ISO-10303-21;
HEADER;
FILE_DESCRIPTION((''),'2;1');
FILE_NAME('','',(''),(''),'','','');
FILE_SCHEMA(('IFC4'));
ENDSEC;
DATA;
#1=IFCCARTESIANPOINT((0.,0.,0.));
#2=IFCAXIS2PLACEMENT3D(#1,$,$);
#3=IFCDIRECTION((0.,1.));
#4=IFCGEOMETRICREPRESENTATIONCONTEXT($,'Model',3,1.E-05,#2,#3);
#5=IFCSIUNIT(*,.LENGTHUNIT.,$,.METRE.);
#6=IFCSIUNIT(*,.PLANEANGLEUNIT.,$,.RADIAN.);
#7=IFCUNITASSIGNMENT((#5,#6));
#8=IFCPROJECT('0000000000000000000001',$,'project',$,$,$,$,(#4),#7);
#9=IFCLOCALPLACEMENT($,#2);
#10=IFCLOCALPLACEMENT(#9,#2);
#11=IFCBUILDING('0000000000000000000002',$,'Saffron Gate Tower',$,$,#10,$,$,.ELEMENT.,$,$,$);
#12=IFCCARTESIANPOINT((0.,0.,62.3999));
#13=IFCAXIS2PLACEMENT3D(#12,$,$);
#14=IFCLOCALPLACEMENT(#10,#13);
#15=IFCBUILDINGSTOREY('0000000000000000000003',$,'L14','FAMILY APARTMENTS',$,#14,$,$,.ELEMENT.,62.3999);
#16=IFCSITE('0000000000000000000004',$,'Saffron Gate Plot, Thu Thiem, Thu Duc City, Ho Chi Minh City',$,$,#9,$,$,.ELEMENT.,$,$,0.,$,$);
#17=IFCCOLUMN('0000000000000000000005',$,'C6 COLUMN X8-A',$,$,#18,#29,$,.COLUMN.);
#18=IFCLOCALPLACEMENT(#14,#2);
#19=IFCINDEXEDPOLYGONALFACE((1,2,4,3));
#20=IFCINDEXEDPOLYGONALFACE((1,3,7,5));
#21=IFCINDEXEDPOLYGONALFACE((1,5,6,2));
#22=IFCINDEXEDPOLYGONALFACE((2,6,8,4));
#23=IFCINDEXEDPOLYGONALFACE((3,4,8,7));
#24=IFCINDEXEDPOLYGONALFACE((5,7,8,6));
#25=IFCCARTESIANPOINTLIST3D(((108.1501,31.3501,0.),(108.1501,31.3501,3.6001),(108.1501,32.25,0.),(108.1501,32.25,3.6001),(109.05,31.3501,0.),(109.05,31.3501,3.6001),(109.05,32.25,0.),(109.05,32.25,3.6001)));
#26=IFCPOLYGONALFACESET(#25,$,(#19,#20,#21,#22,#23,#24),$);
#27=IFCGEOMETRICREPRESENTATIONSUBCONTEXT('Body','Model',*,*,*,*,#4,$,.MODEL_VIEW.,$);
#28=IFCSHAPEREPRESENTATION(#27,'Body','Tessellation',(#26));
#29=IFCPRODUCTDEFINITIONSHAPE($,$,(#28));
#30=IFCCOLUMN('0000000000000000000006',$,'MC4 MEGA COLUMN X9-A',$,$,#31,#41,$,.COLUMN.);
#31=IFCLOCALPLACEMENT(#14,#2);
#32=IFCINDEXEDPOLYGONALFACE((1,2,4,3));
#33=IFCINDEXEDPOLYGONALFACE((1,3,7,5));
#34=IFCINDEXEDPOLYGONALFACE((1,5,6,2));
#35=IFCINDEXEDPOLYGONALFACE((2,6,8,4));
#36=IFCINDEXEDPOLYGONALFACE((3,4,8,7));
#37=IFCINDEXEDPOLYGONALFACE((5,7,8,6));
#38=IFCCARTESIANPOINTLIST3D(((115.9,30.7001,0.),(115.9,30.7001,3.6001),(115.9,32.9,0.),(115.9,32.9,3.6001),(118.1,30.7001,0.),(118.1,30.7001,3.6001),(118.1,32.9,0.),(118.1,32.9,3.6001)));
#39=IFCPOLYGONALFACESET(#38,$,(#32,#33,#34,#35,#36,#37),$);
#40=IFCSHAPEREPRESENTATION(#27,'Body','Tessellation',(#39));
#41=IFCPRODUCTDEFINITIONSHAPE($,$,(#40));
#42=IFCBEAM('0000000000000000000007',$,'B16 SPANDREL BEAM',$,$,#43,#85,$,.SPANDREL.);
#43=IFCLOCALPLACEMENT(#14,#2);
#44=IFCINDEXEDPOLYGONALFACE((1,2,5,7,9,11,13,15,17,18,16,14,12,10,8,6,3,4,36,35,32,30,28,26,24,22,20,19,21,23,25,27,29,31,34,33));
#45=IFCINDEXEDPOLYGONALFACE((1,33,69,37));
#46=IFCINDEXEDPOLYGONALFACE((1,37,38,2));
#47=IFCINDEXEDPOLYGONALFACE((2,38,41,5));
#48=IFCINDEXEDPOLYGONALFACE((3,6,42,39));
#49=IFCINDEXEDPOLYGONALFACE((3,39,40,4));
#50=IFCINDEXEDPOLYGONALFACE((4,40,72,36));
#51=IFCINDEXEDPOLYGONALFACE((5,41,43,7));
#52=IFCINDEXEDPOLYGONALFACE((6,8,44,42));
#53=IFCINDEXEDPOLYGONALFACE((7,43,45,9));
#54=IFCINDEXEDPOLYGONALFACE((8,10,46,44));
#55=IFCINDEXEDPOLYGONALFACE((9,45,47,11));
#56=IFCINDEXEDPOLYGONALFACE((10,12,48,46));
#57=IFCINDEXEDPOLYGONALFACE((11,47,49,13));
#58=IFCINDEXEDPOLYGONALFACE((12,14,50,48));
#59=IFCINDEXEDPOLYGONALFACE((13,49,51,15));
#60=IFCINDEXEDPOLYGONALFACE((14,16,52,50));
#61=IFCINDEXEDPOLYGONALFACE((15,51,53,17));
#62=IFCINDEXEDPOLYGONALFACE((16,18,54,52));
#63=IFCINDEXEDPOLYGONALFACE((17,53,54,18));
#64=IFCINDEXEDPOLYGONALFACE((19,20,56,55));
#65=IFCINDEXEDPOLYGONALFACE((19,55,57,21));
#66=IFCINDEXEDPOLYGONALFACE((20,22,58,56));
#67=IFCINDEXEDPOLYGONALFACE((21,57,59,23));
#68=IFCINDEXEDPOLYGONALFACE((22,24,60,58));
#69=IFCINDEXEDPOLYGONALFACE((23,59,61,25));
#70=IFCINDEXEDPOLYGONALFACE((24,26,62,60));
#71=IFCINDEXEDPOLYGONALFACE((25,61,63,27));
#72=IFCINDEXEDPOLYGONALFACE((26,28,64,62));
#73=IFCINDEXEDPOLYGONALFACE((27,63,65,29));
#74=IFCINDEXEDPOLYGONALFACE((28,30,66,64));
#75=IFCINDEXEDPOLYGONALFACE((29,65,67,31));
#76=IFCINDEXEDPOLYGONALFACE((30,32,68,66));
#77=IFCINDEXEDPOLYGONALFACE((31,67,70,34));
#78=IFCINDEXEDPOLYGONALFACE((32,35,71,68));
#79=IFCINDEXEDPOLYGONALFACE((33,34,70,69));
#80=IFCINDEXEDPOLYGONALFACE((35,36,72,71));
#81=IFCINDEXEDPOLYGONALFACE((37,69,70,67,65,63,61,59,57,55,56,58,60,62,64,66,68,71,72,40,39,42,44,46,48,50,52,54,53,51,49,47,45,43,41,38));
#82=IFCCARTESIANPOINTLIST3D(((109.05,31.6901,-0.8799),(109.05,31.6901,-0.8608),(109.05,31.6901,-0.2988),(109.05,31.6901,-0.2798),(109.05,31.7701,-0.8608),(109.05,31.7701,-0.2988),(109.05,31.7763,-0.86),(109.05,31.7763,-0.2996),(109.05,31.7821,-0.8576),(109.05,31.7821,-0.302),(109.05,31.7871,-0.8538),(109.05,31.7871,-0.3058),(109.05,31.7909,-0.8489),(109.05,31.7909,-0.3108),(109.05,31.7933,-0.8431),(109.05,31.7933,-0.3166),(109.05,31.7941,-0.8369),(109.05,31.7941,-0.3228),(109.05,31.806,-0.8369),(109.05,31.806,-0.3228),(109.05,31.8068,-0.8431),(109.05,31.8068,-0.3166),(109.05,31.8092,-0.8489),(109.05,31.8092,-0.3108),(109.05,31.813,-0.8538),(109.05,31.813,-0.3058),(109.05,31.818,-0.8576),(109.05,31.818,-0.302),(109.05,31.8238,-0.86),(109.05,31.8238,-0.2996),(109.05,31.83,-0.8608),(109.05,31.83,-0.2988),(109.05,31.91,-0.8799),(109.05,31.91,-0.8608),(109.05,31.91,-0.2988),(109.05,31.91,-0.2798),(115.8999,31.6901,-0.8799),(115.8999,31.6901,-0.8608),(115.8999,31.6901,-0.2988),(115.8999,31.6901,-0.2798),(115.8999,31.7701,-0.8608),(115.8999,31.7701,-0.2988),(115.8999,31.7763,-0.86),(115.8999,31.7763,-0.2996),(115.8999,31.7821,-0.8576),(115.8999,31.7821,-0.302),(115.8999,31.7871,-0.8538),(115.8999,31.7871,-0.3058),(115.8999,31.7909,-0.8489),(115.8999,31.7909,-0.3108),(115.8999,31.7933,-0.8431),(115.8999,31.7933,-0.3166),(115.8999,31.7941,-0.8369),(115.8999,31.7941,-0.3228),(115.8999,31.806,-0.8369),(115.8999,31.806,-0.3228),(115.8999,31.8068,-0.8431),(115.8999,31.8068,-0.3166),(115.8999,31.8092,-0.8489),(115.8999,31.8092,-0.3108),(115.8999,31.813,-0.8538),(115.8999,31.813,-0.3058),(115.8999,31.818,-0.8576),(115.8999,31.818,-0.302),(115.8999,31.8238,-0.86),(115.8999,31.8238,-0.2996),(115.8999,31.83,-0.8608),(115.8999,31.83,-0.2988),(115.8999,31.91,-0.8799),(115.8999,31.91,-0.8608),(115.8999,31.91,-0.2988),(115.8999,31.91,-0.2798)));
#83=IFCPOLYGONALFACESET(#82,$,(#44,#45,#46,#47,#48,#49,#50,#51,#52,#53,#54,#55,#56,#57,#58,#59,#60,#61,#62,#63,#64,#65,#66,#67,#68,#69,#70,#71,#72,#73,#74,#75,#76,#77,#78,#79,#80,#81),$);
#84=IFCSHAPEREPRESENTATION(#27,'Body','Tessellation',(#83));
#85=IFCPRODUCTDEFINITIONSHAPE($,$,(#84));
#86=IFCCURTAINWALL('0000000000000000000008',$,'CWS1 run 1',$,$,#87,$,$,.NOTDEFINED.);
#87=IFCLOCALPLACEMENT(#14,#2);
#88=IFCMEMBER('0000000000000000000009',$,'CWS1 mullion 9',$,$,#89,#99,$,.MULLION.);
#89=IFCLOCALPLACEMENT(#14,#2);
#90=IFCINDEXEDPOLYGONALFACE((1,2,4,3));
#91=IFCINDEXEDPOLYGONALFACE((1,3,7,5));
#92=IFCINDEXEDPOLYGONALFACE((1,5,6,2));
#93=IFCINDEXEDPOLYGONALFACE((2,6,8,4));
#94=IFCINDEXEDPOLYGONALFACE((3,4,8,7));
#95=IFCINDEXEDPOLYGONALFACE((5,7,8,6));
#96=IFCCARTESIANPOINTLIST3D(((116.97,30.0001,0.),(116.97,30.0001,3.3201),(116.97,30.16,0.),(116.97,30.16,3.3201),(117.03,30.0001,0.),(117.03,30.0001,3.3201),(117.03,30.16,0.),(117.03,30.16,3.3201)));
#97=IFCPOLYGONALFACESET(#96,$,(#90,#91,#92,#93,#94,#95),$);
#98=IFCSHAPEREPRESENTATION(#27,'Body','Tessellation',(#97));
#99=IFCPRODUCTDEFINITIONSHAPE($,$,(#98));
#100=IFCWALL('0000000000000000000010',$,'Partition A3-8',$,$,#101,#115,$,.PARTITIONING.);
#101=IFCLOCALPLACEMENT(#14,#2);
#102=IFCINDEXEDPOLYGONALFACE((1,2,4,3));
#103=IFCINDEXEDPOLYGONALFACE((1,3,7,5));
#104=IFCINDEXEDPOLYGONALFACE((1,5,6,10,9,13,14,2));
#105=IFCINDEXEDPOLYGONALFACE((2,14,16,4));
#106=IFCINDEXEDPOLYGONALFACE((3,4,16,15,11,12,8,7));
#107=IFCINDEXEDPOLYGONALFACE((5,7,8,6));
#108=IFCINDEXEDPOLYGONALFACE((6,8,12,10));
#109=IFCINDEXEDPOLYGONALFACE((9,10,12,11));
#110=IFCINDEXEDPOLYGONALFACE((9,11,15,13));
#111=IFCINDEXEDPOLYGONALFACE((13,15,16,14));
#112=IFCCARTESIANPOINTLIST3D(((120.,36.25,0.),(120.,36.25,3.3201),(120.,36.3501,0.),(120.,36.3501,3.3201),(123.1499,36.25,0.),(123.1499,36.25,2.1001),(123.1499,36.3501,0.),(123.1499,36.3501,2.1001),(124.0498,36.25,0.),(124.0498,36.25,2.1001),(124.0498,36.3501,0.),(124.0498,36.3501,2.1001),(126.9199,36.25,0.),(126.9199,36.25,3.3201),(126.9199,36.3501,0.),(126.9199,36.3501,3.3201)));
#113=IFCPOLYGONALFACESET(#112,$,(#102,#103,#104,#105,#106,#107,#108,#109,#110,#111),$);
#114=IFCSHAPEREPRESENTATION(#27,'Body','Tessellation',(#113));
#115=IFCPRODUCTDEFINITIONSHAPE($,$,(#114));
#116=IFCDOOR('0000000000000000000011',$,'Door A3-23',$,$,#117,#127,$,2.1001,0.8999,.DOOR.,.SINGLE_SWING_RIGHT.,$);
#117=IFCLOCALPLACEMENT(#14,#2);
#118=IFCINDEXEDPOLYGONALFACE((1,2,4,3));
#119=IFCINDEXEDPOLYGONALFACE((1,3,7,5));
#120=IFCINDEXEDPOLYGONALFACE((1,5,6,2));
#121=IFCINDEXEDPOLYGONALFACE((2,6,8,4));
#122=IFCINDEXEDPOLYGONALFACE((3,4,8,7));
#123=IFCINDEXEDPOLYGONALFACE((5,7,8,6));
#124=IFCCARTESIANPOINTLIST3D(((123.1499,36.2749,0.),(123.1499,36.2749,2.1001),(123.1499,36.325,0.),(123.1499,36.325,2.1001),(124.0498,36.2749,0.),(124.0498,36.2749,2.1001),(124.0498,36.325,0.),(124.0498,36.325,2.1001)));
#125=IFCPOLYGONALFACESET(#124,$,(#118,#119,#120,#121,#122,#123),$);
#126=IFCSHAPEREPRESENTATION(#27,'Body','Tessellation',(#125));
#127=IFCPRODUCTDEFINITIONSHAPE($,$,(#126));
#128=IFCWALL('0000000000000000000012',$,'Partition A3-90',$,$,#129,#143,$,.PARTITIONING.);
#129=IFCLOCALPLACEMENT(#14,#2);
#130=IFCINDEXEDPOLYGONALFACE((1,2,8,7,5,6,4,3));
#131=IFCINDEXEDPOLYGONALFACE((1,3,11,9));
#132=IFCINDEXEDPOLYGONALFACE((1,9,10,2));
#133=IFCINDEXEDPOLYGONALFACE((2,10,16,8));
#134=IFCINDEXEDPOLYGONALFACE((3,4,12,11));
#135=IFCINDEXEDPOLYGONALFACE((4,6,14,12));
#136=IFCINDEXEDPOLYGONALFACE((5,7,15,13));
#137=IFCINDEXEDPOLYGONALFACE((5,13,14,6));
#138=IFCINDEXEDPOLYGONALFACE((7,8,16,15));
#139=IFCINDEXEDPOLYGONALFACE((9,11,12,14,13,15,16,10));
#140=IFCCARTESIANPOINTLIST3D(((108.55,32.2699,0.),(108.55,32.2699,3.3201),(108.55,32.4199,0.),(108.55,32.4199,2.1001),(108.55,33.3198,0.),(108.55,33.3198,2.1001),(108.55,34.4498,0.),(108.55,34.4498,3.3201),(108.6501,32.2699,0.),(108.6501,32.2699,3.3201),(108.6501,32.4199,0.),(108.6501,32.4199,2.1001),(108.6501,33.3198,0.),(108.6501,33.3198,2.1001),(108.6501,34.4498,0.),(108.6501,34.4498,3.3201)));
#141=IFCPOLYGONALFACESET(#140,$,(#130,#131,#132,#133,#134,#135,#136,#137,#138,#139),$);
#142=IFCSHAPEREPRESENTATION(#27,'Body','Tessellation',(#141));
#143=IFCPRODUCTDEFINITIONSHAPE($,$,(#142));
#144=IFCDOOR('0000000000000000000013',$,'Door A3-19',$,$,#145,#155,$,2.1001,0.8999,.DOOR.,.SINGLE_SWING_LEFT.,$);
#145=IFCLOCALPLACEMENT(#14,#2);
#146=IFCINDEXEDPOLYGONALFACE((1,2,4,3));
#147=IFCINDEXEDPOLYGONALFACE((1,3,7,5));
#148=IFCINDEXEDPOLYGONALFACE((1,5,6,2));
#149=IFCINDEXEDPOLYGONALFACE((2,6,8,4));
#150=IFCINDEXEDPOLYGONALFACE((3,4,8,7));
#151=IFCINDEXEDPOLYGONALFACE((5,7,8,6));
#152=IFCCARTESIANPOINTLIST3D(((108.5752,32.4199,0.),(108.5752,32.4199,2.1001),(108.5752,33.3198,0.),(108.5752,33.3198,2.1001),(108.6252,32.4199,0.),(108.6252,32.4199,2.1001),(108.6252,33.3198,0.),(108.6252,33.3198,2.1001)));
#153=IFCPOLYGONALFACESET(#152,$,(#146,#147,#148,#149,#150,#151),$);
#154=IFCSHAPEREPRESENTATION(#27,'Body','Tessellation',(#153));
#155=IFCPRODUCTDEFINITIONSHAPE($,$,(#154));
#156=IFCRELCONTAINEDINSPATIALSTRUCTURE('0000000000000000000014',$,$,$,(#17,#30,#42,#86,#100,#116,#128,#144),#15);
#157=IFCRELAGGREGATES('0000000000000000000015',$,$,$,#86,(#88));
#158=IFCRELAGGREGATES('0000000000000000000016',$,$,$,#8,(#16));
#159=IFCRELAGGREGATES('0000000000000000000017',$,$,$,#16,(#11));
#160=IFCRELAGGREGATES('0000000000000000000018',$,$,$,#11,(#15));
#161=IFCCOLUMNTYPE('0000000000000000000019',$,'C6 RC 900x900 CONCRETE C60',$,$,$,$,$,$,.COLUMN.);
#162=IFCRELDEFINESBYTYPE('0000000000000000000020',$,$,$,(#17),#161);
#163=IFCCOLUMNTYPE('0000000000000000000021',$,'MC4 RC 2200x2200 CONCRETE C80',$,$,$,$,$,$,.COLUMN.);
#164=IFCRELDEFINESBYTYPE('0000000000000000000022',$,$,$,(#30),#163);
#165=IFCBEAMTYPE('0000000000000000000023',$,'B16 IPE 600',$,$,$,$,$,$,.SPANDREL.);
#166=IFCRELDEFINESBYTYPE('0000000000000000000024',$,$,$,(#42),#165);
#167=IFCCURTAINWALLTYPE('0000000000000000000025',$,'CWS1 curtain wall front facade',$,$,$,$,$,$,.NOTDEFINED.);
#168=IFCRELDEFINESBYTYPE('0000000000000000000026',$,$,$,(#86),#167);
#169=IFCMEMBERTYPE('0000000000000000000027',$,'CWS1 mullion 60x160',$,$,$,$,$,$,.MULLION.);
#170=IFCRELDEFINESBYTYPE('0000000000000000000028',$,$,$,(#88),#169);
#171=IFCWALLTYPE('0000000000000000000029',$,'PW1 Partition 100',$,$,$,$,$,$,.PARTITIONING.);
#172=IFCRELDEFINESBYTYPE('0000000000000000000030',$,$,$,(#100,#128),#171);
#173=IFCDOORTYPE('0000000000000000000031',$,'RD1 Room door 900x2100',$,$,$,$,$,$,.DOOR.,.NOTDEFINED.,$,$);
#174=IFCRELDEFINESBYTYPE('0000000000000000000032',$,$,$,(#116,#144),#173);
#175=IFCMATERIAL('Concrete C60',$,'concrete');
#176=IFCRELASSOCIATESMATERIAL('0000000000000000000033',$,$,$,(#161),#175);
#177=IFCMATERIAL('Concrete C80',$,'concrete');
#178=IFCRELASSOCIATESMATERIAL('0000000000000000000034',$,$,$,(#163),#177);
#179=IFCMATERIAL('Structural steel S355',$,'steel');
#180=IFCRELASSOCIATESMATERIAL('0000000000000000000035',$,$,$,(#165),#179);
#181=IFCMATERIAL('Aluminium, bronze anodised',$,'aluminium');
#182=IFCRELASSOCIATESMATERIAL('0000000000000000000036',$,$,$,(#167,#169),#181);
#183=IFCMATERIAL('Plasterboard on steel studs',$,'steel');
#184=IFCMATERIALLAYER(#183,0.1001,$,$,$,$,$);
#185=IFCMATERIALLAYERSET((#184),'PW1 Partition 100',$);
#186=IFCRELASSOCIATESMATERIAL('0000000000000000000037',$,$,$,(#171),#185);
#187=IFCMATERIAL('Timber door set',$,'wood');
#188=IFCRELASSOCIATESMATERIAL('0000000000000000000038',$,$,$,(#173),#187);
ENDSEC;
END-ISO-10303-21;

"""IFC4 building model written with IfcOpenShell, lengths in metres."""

from ifc_helpers import new_model, si_unit, direction, frame, frame_2d, origin, origin_2d, place, context, subcontext, project, spatial, rectangle, i_section, extrude, material, layer, layer_set, material_profile, profile_set, type_object, element, fill, aggregate, save


model = new_model("IFC4")

# Units and contexts
model_context = context("Model", 3, precision=1e-05, world=origin(), true_north=direction((0.0, 1.0)))
body_context = subcontext(model_context, "Body", "Model", "MODEL_VIEW")
ifc_project = project(units=[si_unit("LENGTHUNIT", "METRE"), si_unit("PLANEANGLEUNIT", "RADIAN")], contexts=[model_context])

# Site, building, storey
site_placement = place(None, origin())
site = spatial("IfcSite", under=ifc_project, at=site_placement, Name="Saffron Gate Plot, Thu Thiem, Thu Duc City, Ho Chi Minh City", CompositionType="ELEMENT", RefElevation=0.0)
building_placement = place(site_placement, origin())
building = spatial("IfcBuilding", under=site, at=building_placement, Name="Saffron Gate Tower", CompositionType="ELEMENT")
storey_placement = place(building_placement, frame((0.0, 0.0, 62.3999)))
storey = spatial("IfcBuildingStorey", under=building, at=storey_placement, Name="L14", Description="FAMILY APARTMENTS", CompositionType="ELEMENT", Elevation=62.3999)

# Columns
ifc_material_1 = material(Name="Concrete C60", Category="concrete")
ifc_material_profile_1 = material_profile(ifc_material_1, rectangle(XDim=0.8999, YDim=0.8999, at=origin_2d()))
ifc_profile_set_1 = profile_set([ifc_material_profile_1], Name="Concrete C60")
column_type_1 = type_object("IfcColumnType", Name="C6 RC 900x900 CONCRETE C60", PredefinedType="COLUMN", material=ifc_profile_set_1)
column_1_placement = place(storey_placement, frame((108.6001, 31.8, 0.0), z_axis=(0.0, 0.0, 1.0), x_axis=(1.0, 0.0, 0.0)))
element("IfcColumn", 1, at=column_1_placement, inside=storey, type_object=column_type_1, Name="C6 COLUMN X8-A", PredefinedType="COLUMN", context=body_context, shape_type="SweptSolid", body=[
    extrude(rectangle(XDim=0.8999, YDim=0.8999, at=origin_2d()), origin(), (0.0, 0.0, 1.0), 3.6001),
])
ifc_material_2 = material(Name="Concrete C80", Category="concrete")
ifc_material_profile_2 = material_profile(ifc_material_2, rectangle(XDim=2.2, YDim=2.2, at=origin_2d()))
ifc_profile_set_2 = profile_set([ifc_material_profile_2], Name="Concrete C80")
column_type_2 = type_object("IfcColumnType", Name="MC4 RC 2200x2200 CONCRETE C80", PredefinedType="COLUMN", material=ifc_profile_set_2)
column_2_placement = place(storey_placement, frame((117.0, 31.8, 0.0), z_axis=(0.0, 0.0, 1.0), x_axis=(1.0, 0.0, 0.0)))
element("IfcColumn", 2, at=column_2_placement, inside=storey, type_object=column_type_2, Name="MC4 MEGA COLUMN X9-A", PredefinedType="COLUMN", context=body_context, shape_type="SweptSolid", body=[
    extrude(rectangle(XDim=2.2, YDim=2.2, at=origin_2d()), origin(), (0.0, 0.0, 1.0), 3.6001),
])

# Beam
ifc_material_3 = material(Name="Structural steel S355", Category="steel")
ifc_material_profile_3 = material_profile(ifc_material_3, i_section(OverallWidth=0.22, OverallDepth=0.6001, WebThickness=0.012, FlangeThickness=0.019, FilletRadius=0.0239, at=origin_2d()))
ifc_profile_set_3 = profile_set([ifc_material_profile_3], Name="Structural steel S355")
beam_type = type_object("IfcBeamType", Name="B16 IPE 600", PredefinedType="SPANDREL", material=ifc_profile_set_3)
beam_placement = place(storey_placement, frame((109.05, 31.8, -0.5798), z_axis=(1.0, 0.0, 0.0), x_axis=(0.0, 1.0, 0.0)))
element("IfcBeam", 3, at=beam_placement, inside=storey, type_object=beam_type, Name="B16 SPANDREL BEAM", PredefinedType="SPANDREL", context=body_context, shape_type="SweptSolid", body=[
    extrude(i_section(OverallWidth=0.22, OverallDepth=0.6001, WebThickness=0.012, FlangeThickness=0.019, FilletRadius=0.0239, at=origin_2d()), origin(), (0.0, 0.0, 1.0), 6.8499),
])

# Curtain wall, member
ifc_material_4 = material(Name="Aluminium, bronze anodised", Category="aluminium")
curtain_wall_type = type_object("IfcCurtainWallType", Name="CWS1 curtain wall front facade", PredefinedType="NOTDEFINED", material=ifc_material_4)
curtain_wall_placement = place(storey_placement, origin())
curtain_wall = element("IfcCurtainWall", 4, at=curtain_wall_placement, inside=storey, type_object=curtain_wall_type, Name="CWS1 run 1", PredefinedType="NOTDEFINED")
ifc_material_profile_4 = material_profile(ifc_material_4, rectangle(XDim=0.1599, YDim=0.0601, at=origin_2d()))
ifc_profile_set_4 = profile_set([ifc_material_profile_4], Name="Aluminium, bronze anodised")
member_type = type_object("IfcMemberType", Name="CWS1 mullion 60x160", PredefinedType="MULLION", material=ifc_profile_set_4)
member_placement = place(storey_placement, frame((117.0, 30.0801, 0.0), z_axis=(0.0, 0.0, 1.0), x_axis=(0.0, 1.0, 0.0)))
member = element("IfcMember", 5, at=member_placement, type_object=member_type, Name="CWS1 mullion 9", PredefinedType="MULLION", context=body_context, shape_type="SweptSolid", body=[
    extrude(rectangle(XDim=0.1599, YDim=0.0601, at=origin_2d()), origin(), (0.0, 0.0, 1.0), 3.3201),
])
aggregate(curtain_wall, [member])

# Walls, openings, doors
ifc_material_5 = material(Name="Plasterboard on steel studs", Category="steel")
ifc_layer = layer(ifc_material_5, 0.1001)
ifc_layer_set = layer_set([ifc_layer], Name="PW1 Partition 100")
wall_type = type_object("IfcWallType", Name="PW1 Partition 100", PredefinedType="PARTITIONING", material=ifc_layer_set)
wall_1_placement = place(storey_placement, frame((120.0, 36.3, 0.0), z_axis=(0.0, 0.0, 1.0), x_axis=(1.0, 0.0, 0.0)))
wall_1 = element("IfcWall", 6, at=wall_1_placement, inside=storey, type_object=wall_type, Name="Partition A3-8", PredefinedType="PARTITIONING", context=body_context, shape_type="SweptSolid", body=[
    extrude(rectangle(XDim=6.9199, YDim=0.1001, at=frame_2d((3.46, 0.0))), origin(), (0.0, 0.0, 1.0), 3.3201),
])
opening_1_placement = place(wall_1_placement, frame((3.1499, 0.0, 0.0)))
opening_1 = element("IfcOpeningElement", 7, at=opening_1_placement, cuts=wall_1, PredefinedType="OPENING", context=body_context, shape_type="SweptSolid", body=[
    extrude(rectangle(XDim=0.8999, YDim=2.1001, at=frame_2d((0.45, 1.05))), frame((0.0, 0.0601, 0.0), z_axis=(0.0, -1.0, 0.0), x_axis=(1.0, 0.0, 0.0)), (0.0, 0.0, 1.0), 0.1201),
])
ifc_material_6 = material(Name="Timber door set", Category="wood")
door_type = type_object("IfcDoorType", Name="RD1 Room door 900x2100", OperationType="NOTDEFINED", PredefinedType="DOOR", material=ifc_material_6)
door_1_placement = place(opening_1_placement, origin())
door_1 = element("IfcDoor", 8, at=door_1_placement, inside=storey, type_object=door_type, Name="Door A3-23", OperationType="SINGLE_SWING_RIGHT", OverallHeight=2.1001, OverallWidth=0.8999, PredefinedType="DOOR", context=body_context, shape_type="SweptSolid", body=[
    extrude(rectangle(XDim=0.8999, YDim=2.1001, at=frame_2d((0.45, 1.05))), frame((0.0, 0.0249, 0.0), z_axis=(0.0, -1.0, 0.0), x_axis=(1.0, 0.0, 0.0)), (0.0, 0.0, 1.0), 0.05),
])
fill(opening_1, door_1)
wall_2_placement = place(storey_placement, frame((108.6001, 32.27, 0.0), z_axis=(0.0, 0.0, 1.0), x_axis=(0.0, 1.0, 0.0)))
wall_2 = element("IfcWall", 9, at=wall_2_placement, inside=storey, type_object=wall_type, Name="Partition A3-90", PredefinedType="PARTITIONING", context=body_context, shape_type="SweptSolid", body=[
    extrude(rectangle(XDim=2.1799, YDim=0.1001, at=frame_2d((1.0898, 0.0))), origin(), (0.0, 0.0, 1.0), 3.3201),
])
opening_2_placement = place(wall_2_placement, frame((0.1499, 0.0, 0.0)))
opening_2 = element("IfcOpeningElement", 10, at=opening_2_placement, cuts=wall_2, PredefinedType="OPENING", context=body_context, shape_type="SweptSolid", body=[
    extrude(rectangle(XDim=0.8999, YDim=2.1001, at=frame_2d((0.45, 1.05))), frame((0.0, 0.0601, 0.0), z_axis=(0.0, -1.0, 0.0), x_axis=(1.0, 0.0, 0.0)), (0.0, 0.0, 1.0), 0.1201),
])
door_2_placement = place(opening_2_placement, origin())
door_2 = element("IfcDoor", 11, at=door_2_placement, inside=storey, type_object=door_type, Name="Door A3-19", OperationType="SINGLE_SWING_LEFT", OverallHeight=2.1001, OverallWidth=0.8999, PredefinedType="DOOR", context=body_context, shape_type="SweptSolid", body=[
    extrude(rectangle(XDim=0.8999, YDim=2.1001, at=frame_2d((0.45, 1.05))), frame((0.0, 0.0249, 0.0), z_axis=(0.0, -1.0, 0.0), x_axis=(1.0, 0.0, 0.0)), (0.0, 0.0, 1.0), 0.05),
])
fill(opening_2, door_2)

save(model, "model.ifc")
